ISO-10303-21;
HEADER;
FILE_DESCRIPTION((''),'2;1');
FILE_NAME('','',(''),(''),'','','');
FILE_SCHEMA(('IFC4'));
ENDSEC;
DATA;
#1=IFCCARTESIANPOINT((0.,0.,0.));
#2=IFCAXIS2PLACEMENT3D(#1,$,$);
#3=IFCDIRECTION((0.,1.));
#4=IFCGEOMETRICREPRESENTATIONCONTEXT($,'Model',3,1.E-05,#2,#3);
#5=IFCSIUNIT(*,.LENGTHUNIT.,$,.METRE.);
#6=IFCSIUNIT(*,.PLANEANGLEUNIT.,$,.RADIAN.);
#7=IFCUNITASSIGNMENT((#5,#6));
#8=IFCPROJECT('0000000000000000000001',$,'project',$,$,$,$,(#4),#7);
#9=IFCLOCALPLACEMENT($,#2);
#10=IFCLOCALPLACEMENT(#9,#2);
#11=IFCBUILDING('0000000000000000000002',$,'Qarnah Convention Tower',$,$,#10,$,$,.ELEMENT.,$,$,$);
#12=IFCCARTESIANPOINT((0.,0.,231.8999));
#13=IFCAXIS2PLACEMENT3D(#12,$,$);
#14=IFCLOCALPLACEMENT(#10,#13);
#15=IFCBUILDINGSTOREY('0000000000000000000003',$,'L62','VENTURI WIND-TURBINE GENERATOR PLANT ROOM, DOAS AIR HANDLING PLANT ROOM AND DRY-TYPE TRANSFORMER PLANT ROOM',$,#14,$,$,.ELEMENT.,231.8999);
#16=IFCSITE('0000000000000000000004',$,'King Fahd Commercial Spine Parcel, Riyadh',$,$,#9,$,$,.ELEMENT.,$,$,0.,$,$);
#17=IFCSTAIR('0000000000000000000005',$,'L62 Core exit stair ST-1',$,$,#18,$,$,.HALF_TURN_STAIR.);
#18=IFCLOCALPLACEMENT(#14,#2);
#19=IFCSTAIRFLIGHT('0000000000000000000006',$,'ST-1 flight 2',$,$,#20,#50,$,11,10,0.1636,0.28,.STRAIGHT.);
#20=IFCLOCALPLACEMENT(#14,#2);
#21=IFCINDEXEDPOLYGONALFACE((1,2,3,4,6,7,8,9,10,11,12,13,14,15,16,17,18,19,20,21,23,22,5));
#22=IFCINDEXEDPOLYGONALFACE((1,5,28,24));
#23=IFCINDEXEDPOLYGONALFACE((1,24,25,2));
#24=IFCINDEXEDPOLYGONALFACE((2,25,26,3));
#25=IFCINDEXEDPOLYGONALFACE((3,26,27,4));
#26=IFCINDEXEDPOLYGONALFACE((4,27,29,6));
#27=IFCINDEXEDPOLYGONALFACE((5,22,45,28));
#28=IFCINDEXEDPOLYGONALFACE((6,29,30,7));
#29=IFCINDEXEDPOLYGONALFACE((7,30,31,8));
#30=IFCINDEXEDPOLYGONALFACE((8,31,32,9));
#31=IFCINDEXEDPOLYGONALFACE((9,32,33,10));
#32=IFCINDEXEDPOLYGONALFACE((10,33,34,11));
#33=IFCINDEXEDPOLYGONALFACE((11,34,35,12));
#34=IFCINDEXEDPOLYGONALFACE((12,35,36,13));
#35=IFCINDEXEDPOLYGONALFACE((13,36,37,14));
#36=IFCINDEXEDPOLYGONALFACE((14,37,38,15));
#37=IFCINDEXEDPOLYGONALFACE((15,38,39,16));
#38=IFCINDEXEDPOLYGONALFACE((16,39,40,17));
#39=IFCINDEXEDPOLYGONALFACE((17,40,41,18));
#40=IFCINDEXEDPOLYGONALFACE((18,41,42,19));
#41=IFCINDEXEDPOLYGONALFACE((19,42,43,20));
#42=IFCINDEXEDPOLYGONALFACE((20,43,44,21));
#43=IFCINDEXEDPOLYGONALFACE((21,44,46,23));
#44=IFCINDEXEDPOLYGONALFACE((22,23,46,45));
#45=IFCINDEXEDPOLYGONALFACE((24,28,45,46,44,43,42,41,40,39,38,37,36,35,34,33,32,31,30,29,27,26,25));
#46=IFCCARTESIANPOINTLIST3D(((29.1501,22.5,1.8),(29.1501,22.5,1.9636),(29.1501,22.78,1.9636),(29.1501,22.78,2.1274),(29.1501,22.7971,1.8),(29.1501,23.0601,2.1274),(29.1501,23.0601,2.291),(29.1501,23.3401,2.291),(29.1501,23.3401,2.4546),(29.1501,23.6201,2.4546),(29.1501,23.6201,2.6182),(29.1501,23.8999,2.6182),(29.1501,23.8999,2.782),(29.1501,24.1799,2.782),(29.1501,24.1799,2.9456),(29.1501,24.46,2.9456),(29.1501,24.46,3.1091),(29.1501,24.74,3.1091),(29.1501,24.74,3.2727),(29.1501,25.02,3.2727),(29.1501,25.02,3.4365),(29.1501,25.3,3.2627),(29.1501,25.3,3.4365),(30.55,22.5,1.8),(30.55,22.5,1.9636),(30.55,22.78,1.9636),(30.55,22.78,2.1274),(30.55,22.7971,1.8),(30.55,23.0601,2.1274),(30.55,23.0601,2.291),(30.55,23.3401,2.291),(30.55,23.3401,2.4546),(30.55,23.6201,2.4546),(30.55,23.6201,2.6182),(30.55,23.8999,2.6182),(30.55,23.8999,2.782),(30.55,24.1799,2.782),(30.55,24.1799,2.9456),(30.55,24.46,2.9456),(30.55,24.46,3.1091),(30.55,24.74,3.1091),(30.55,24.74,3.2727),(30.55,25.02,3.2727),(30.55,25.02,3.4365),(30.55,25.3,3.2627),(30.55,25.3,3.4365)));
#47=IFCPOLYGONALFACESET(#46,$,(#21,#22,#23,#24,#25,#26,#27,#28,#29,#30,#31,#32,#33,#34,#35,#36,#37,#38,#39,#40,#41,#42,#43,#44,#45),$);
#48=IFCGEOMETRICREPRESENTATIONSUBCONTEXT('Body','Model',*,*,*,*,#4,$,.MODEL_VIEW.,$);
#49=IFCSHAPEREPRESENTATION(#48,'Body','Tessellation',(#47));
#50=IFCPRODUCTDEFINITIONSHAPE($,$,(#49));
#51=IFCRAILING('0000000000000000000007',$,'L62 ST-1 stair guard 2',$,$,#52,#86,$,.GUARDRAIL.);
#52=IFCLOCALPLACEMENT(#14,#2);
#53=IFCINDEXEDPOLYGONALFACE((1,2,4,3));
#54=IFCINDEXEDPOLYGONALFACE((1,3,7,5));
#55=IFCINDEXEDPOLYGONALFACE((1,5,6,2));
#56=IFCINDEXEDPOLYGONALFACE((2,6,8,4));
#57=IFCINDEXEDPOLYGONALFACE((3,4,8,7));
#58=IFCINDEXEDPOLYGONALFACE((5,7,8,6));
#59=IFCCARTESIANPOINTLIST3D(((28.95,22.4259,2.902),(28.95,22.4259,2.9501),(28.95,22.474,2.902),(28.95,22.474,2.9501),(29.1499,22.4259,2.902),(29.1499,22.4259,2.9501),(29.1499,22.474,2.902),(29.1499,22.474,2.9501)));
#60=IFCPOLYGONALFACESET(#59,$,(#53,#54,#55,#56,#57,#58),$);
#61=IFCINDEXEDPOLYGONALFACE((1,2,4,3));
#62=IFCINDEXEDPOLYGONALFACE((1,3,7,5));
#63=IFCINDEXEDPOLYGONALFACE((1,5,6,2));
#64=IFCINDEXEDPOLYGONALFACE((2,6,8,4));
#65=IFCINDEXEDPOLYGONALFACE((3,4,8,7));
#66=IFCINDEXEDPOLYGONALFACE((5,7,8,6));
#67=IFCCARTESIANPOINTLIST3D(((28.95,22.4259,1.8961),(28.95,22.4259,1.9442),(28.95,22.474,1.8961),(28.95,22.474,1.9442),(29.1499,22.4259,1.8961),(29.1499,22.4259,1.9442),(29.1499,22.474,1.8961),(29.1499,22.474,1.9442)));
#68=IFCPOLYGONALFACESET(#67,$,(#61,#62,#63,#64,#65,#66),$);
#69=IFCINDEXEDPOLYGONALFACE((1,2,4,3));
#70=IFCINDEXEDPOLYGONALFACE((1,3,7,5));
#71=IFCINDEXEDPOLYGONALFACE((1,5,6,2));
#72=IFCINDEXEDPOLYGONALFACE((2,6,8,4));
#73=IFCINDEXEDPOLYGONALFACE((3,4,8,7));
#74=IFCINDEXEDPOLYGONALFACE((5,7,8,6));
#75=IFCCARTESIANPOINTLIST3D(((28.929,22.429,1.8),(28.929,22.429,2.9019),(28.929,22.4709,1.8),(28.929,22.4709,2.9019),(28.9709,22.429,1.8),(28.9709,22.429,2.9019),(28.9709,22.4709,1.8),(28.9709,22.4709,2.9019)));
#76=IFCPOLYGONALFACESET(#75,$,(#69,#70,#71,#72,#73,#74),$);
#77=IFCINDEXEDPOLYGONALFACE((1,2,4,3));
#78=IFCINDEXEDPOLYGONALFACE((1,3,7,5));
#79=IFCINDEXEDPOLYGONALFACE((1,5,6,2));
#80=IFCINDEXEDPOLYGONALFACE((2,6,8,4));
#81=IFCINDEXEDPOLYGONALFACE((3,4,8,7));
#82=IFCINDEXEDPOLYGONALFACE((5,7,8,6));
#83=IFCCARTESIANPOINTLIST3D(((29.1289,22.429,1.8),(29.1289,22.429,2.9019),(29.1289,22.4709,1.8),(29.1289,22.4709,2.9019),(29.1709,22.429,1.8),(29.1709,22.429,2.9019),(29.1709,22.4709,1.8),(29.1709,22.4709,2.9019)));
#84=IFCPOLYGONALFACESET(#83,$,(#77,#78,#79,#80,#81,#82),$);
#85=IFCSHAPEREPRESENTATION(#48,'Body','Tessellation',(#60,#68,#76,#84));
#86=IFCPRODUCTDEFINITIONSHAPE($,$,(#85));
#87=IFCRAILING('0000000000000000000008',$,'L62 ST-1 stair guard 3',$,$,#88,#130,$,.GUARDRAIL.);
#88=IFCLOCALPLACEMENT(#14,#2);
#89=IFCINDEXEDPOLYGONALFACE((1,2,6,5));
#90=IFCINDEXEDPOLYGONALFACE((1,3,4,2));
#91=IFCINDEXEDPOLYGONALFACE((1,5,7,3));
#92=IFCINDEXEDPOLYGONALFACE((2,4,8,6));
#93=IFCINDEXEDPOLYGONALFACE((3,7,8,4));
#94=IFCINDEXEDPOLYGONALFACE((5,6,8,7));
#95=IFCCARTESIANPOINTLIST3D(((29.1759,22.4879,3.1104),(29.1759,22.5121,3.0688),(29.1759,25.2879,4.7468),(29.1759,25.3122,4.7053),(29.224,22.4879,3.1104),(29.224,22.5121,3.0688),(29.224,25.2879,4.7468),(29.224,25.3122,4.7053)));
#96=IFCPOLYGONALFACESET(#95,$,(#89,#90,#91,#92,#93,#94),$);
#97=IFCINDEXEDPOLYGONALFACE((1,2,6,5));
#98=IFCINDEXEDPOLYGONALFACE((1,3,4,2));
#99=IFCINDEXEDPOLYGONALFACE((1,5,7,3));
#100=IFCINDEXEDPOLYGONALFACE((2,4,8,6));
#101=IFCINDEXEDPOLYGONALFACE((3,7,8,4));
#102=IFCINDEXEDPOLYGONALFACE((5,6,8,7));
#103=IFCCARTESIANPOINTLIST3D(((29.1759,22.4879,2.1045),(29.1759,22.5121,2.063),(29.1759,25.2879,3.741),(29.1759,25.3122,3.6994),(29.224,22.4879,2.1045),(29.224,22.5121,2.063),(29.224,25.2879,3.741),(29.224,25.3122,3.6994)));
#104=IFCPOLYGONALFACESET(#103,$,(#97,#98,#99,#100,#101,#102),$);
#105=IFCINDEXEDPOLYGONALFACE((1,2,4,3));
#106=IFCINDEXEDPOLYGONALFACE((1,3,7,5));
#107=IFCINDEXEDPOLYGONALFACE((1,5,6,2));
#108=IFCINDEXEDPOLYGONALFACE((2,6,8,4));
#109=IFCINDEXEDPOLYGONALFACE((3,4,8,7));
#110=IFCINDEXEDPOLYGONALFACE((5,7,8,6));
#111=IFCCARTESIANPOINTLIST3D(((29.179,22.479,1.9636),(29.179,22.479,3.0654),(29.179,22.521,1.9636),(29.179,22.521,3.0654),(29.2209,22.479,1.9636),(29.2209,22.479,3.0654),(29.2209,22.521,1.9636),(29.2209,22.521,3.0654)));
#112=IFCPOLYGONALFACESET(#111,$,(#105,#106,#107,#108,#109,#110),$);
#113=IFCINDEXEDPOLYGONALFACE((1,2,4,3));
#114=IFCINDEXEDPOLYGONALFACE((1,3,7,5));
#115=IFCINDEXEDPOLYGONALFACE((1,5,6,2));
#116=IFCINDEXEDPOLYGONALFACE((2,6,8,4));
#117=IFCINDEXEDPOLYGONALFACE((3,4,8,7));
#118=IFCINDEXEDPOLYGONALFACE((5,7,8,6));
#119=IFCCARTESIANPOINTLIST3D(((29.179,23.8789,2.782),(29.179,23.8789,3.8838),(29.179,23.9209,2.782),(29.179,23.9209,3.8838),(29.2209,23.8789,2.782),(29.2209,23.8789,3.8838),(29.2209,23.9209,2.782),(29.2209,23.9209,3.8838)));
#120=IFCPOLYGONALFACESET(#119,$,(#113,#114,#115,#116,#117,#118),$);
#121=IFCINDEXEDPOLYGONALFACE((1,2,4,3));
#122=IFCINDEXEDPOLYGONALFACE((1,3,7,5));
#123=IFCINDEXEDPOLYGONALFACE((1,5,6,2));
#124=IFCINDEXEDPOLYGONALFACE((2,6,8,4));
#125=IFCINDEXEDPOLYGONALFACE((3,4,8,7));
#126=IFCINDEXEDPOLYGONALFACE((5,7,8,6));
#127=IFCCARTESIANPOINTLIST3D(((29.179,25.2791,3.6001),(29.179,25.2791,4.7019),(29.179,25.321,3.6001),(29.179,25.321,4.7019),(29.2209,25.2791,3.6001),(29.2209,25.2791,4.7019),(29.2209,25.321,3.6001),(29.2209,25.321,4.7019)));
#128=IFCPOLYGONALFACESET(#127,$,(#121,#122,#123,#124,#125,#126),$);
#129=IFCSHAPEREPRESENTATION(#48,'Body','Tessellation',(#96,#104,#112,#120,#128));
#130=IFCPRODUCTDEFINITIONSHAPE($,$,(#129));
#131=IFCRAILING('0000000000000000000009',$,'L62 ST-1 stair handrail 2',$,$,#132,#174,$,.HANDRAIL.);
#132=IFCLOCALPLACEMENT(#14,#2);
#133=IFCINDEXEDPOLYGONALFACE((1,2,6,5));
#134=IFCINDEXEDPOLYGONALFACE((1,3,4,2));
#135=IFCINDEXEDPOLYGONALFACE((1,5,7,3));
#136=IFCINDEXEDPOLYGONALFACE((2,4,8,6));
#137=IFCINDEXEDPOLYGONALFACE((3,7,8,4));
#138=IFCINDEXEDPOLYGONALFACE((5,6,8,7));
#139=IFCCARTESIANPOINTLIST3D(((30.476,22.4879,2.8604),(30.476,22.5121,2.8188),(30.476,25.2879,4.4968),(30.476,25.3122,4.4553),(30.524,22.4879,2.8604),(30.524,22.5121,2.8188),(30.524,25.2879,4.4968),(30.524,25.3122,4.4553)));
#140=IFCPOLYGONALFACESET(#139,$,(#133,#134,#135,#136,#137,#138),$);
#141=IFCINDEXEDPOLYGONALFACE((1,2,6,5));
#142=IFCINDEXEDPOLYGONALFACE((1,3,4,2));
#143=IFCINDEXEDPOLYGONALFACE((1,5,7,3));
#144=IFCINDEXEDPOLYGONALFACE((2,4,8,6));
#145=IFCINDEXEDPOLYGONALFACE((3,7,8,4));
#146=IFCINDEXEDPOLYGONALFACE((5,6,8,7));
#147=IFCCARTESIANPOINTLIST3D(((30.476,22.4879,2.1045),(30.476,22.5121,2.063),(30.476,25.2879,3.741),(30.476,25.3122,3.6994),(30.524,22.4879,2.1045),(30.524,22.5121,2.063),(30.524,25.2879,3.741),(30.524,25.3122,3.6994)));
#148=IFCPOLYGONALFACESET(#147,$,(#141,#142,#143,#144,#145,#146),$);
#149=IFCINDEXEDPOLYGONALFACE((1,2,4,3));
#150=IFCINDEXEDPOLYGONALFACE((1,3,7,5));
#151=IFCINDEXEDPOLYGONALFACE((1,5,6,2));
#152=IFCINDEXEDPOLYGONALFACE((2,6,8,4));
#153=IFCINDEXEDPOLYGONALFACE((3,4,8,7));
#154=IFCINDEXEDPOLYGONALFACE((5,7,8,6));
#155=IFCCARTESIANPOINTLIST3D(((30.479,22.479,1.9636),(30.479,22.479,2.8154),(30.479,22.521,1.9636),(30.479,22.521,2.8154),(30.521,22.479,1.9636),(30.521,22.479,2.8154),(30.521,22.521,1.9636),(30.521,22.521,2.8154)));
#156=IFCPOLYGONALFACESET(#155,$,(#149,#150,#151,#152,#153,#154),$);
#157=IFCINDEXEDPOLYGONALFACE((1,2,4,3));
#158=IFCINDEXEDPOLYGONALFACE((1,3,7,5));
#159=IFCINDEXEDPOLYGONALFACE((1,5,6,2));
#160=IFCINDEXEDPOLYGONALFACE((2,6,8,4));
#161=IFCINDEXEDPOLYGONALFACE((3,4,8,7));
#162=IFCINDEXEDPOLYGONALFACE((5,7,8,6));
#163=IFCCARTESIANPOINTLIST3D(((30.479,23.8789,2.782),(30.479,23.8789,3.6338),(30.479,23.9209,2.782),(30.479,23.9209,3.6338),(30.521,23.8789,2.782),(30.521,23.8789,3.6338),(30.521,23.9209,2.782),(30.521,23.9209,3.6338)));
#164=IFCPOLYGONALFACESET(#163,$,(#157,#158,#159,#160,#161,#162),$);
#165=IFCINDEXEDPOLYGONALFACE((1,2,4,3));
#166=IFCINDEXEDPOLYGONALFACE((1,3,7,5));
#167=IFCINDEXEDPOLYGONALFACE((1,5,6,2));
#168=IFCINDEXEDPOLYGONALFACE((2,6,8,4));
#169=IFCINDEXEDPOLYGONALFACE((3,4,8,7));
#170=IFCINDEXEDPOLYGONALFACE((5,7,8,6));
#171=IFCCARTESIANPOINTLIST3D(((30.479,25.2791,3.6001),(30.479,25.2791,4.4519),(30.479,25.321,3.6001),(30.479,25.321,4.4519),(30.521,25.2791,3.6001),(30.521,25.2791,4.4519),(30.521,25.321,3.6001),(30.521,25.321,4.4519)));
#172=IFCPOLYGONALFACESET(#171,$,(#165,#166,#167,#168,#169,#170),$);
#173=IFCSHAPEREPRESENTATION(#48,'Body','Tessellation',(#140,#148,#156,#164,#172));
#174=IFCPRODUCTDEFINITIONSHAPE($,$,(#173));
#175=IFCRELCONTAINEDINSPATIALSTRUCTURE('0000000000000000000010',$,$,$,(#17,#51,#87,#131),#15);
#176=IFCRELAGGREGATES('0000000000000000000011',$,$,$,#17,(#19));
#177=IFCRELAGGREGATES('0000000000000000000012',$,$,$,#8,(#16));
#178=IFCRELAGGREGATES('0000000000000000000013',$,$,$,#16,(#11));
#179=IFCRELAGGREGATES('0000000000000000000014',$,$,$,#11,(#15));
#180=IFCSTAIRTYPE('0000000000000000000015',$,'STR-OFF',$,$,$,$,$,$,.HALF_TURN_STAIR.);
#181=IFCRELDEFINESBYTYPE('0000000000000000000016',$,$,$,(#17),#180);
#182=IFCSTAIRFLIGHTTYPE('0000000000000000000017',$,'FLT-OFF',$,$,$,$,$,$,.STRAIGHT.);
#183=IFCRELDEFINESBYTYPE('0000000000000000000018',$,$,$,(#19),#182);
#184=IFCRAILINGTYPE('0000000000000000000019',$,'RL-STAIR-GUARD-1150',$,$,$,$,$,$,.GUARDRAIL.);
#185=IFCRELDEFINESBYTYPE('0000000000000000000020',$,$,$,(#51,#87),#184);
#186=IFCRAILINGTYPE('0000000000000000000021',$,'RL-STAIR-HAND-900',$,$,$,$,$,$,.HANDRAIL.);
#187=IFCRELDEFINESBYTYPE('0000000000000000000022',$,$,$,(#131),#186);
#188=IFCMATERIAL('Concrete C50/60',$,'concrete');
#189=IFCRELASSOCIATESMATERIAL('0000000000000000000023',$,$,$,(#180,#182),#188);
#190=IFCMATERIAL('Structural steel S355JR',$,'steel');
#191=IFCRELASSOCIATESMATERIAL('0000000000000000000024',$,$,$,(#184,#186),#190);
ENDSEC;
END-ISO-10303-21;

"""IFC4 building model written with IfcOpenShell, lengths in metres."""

from ifc_helpers import new_model, si_unit, direction, frame, origin, origin_2d, place, context, subcontext, project, spatial, polyline, rectangle, outline, extrude, material, type_object, element, aggregate, save


model = new_model("IFC4")

# Units and contexts
model_context = context("Model", 3, precision=1e-05, world=origin(), true_north=direction((0.0, 1.0)))
body_context = subcontext(model_context, "Body", "Model", "MODEL_VIEW")
ifc_project = project(units=[si_unit("LENGTHUNIT", "METRE"), si_unit("PLANEANGLEUNIT", "RADIAN")], contexts=[model_context])

# Site, building, storey
site_placement = place(None, origin())
site = spatial("IfcSite", under=ifc_project, at=site_placement, Name="King Fahd Commercial Spine Parcel, Riyadh", CompositionType="ELEMENT", RefElevation=0.0)
building_placement = place(site_placement, origin())
building = spatial("IfcBuilding", under=site, at=building_placement, Name="Qarnah Convention Tower", CompositionType="ELEMENT")
storey_placement = place(building_placement, frame((0.0, 0.0, 231.8999)))
storey = spatial("IfcBuildingStorey", under=building, at=storey_placement, Name="L62", Description="VENTURI WIND-TURBINE GENERATOR PLANT ROOM, DOAS AIR HANDLING PLANT ROOM AND DRY-TYPE TRANSFORMER PLANT ROOM", CompositionType="ELEMENT", Elevation=231.8999)

# Shared definitions
ifc_material_1 = material(Name="Structural steel S355JR", Category="steel")

# Stair, stair flight
ifc_material_2 = material(Name="Concrete C50/60", Category="concrete")
stair_type = type_object("IfcStairType", Name="STR-OFF", PredefinedType="HALF_TURN_STAIR", material=ifc_material_2)
stair_placement = place(storey_placement, origin())
stair = element("IfcStair", 1, at=stair_placement, inside=storey, type_object=stair_type, Name="L62 Core exit stair ST-1", PredefinedType="HALF_TURN_STAIR")
stair_flight_type = type_object("IfcStairFlightType", Name="FLT-OFF", PredefinedType="STRAIGHT", material=ifc_material_2)
stair_flight_placement = place(storey_placement, frame((29.8501, 22.5, 1.8), z_axis=(0.0, 0.0, 1.0), x_axis=(0.0, 1.0, 0.0)))
stair_flight = element("IfcStairFlight", 2, at=stair_flight_placement, type_object=stair_flight_type, Name="ST-1 flight 2", NumberOfRisers=11, NumberOfTreads=10, PredefinedType="STRAIGHT", RiserHeight=0.1636, TreadLength=0.28, context=body_context, shape_type="SweptSolid", body=[
    extrude(outline(polyline([(0.0, 0.0), (0.0, 0.1636), (0.28, 0.1636), (0.28, 0.3274), (0.5601, 0.3274), (0.5601, 0.491), (0.8401, 0.491), (0.8401, 0.6545), (1.1201, 0.6545), (1.1201, 0.8181), (1.3999, 0.8181), (1.3999, 0.9819), (1.6799, 0.9819), (1.6799, 1.1455), (1.96, 1.1455), (1.96, 1.3091), (2.24, 1.3091), (2.24, 1.4727), (2.52, 1.4727), (2.52, 1.6365), (2.8, 1.6365), (2.8, 1.8), (2.8, 1.4626), (0.2971, 0.0), (0.0, 0.0)])), frame((0.0, 0.7, 0.0), z_axis=(0.0, -1.0, 0.0), x_axis=(1.0, 0.0, 0.0)), (0.0, 0.0, 1.0), 1.3999),
])
aggregate(stair, [stair_flight])

# Railings
railing_type_1 = type_object("IfcRailingType", Name="RL-STAIR-GUARD-1150", PredefinedType="GUARDRAIL", material=ifc_material_1)
railing_1_placement = place(storey_placement, frame((28.95, 22.45, 1.8)))
element("IfcRailing", 3, at=railing_1_placement, inside=storey, type_object=railing_type_1, Name="L62 ST-1 stair guard 2", PredefinedType="GUARDRAIL", context=body_context, shape_type="SweptSolid", body=[
    extrude(rectangle(XDim=0.0481, YDim=0.0481, at=origin_2d()), frame((0.0, 0.0, 1.126), z_axis=(1.0, 0.0, 0.0), x_axis=(0.0, 1.0, 0.0)), (0.0, 0.0, 1.0), 0.2),
    extrude(rectangle(XDim=0.0481, YDim=0.0481, at=origin_2d()), frame((0.0, 0.0, 0.1201), z_axis=(1.0, 0.0, 0.0), x_axis=(0.0, 1.0, 0.0)), (0.0, 0.0, 1.0), 0.2),
    extrude(rectangle(XDim=0.042, YDim=0.042, at=origin_2d()), origin(), (0.0, 0.0, 1.0), 1.1018),
    extrude(rectangle(XDim=0.042, YDim=0.042, at=origin_2d()), frame((0.2, 0.0, 0.0)), (0.0, 0.0, 1.0), 1.1018),
])
railing_2_placement = place(storey_placement, frame((29.2, 22.5, 1.9636)))
element("IfcRailing", 4, at=railing_2_placement, inside=storey, type_object=railing_type_1, Name="L62 ST-1 stair guard 3", PredefinedType="GUARDRAIL", context=body_context, shape_type="SweptSolid", body=[
    extrude(rectangle(XDim=0.0481, YDim=0.0481, at=origin_2d()), frame((0.0, 0.0, 1.126), z_axis=(0.0, 0.863361, 0.504587), x_axis=(-1.0, 0.0, 0.0)), (0.0, 0.0, 1.0), 3.2432),
    extrude(rectangle(XDim=0.0481, YDim=0.0481, at=origin_2d()), frame((0.0, 0.0, 0.1201), z_axis=(0.0, 0.863361, 0.504587), x_axis=(-1.0, 0.0, 0.0)), (0.0, 0.0, 1.0), 3.2432),
    extrude(rectangle(XDim=0.042, YDim=0.042, at=origin_2d()), origin(), (0.0, 0.0, 1.0), 1.1018),
    extrude(rectangle(XDim=0.042, YDim=0.042, at=origin_2d()), frame((0.0, 1.3999, 0.8184)), (0.0, 0.0, 1.0), 1.1018),
    extrude(rectangle(XDim=0.042, YDim=0.042, at=origin_2d()), frame((0.0, 2.8, 1.6365)), (0.0, 0.0, 1.0), 1.1018),
])
railing_type_2 = type_object("IfcRailingType", Name="RL-STAIR-HAND-900", PredefinedType="HANDRAIL", material=ifc_material_1)
railing_3_placement = place(storey_placement, frame((30.5, 22.5, 1.9636)))
element("IfcRailing", 5, at=railing_3_placement, inside=storey, type_object=railing_type_2, Name="L62 ST-1 stair handrail 2", PredefinedType="HANDRAIL", context=body_context, shape_type="SweptSolid", body=[
    extrude(rectangle(XDim=0.0481, YDim=0.0481, at=origin_2d()), frame((0.0, 0.0, 0.876), z_axis=(0.0, 0.863361, 0.504587), x_axis=(-1.0, 0.0, 0.0)), (0.0, 0.0, 1.0), 3.2432),
    extrude(rectangle(XDim=0.0481, YDim=0.0481, at=origin_2d()), frame((0.0, 0.0, 0.1201), z_axis=(0.0, 0.863361, 0.504587), x_axis=(-1.0, 0.0, 0.0)), (0.0, 0.0, 1.0), 3.2432),
    extrude(rectangle(XDim=0.042, YDim=0.042, at=origin_2d()), origin(), (0.0, 0.0, 1.0), 0.8518),
    extrude(rectangle(XDim=0.042, YDim=0.042, at=origin_2d()), frame((0.0, 1.3999, 0.8184)), (0.0, 0.0, 1.0), 0.8518),
    extrude(rectangle(XDim=0.042, YDim=0.042, at=origin_2d()), frame((0.0, 2.8, 1.6365)), (0.0, 0.0, 1.0), 0.8518),
])

save(model, "model.ifc")
